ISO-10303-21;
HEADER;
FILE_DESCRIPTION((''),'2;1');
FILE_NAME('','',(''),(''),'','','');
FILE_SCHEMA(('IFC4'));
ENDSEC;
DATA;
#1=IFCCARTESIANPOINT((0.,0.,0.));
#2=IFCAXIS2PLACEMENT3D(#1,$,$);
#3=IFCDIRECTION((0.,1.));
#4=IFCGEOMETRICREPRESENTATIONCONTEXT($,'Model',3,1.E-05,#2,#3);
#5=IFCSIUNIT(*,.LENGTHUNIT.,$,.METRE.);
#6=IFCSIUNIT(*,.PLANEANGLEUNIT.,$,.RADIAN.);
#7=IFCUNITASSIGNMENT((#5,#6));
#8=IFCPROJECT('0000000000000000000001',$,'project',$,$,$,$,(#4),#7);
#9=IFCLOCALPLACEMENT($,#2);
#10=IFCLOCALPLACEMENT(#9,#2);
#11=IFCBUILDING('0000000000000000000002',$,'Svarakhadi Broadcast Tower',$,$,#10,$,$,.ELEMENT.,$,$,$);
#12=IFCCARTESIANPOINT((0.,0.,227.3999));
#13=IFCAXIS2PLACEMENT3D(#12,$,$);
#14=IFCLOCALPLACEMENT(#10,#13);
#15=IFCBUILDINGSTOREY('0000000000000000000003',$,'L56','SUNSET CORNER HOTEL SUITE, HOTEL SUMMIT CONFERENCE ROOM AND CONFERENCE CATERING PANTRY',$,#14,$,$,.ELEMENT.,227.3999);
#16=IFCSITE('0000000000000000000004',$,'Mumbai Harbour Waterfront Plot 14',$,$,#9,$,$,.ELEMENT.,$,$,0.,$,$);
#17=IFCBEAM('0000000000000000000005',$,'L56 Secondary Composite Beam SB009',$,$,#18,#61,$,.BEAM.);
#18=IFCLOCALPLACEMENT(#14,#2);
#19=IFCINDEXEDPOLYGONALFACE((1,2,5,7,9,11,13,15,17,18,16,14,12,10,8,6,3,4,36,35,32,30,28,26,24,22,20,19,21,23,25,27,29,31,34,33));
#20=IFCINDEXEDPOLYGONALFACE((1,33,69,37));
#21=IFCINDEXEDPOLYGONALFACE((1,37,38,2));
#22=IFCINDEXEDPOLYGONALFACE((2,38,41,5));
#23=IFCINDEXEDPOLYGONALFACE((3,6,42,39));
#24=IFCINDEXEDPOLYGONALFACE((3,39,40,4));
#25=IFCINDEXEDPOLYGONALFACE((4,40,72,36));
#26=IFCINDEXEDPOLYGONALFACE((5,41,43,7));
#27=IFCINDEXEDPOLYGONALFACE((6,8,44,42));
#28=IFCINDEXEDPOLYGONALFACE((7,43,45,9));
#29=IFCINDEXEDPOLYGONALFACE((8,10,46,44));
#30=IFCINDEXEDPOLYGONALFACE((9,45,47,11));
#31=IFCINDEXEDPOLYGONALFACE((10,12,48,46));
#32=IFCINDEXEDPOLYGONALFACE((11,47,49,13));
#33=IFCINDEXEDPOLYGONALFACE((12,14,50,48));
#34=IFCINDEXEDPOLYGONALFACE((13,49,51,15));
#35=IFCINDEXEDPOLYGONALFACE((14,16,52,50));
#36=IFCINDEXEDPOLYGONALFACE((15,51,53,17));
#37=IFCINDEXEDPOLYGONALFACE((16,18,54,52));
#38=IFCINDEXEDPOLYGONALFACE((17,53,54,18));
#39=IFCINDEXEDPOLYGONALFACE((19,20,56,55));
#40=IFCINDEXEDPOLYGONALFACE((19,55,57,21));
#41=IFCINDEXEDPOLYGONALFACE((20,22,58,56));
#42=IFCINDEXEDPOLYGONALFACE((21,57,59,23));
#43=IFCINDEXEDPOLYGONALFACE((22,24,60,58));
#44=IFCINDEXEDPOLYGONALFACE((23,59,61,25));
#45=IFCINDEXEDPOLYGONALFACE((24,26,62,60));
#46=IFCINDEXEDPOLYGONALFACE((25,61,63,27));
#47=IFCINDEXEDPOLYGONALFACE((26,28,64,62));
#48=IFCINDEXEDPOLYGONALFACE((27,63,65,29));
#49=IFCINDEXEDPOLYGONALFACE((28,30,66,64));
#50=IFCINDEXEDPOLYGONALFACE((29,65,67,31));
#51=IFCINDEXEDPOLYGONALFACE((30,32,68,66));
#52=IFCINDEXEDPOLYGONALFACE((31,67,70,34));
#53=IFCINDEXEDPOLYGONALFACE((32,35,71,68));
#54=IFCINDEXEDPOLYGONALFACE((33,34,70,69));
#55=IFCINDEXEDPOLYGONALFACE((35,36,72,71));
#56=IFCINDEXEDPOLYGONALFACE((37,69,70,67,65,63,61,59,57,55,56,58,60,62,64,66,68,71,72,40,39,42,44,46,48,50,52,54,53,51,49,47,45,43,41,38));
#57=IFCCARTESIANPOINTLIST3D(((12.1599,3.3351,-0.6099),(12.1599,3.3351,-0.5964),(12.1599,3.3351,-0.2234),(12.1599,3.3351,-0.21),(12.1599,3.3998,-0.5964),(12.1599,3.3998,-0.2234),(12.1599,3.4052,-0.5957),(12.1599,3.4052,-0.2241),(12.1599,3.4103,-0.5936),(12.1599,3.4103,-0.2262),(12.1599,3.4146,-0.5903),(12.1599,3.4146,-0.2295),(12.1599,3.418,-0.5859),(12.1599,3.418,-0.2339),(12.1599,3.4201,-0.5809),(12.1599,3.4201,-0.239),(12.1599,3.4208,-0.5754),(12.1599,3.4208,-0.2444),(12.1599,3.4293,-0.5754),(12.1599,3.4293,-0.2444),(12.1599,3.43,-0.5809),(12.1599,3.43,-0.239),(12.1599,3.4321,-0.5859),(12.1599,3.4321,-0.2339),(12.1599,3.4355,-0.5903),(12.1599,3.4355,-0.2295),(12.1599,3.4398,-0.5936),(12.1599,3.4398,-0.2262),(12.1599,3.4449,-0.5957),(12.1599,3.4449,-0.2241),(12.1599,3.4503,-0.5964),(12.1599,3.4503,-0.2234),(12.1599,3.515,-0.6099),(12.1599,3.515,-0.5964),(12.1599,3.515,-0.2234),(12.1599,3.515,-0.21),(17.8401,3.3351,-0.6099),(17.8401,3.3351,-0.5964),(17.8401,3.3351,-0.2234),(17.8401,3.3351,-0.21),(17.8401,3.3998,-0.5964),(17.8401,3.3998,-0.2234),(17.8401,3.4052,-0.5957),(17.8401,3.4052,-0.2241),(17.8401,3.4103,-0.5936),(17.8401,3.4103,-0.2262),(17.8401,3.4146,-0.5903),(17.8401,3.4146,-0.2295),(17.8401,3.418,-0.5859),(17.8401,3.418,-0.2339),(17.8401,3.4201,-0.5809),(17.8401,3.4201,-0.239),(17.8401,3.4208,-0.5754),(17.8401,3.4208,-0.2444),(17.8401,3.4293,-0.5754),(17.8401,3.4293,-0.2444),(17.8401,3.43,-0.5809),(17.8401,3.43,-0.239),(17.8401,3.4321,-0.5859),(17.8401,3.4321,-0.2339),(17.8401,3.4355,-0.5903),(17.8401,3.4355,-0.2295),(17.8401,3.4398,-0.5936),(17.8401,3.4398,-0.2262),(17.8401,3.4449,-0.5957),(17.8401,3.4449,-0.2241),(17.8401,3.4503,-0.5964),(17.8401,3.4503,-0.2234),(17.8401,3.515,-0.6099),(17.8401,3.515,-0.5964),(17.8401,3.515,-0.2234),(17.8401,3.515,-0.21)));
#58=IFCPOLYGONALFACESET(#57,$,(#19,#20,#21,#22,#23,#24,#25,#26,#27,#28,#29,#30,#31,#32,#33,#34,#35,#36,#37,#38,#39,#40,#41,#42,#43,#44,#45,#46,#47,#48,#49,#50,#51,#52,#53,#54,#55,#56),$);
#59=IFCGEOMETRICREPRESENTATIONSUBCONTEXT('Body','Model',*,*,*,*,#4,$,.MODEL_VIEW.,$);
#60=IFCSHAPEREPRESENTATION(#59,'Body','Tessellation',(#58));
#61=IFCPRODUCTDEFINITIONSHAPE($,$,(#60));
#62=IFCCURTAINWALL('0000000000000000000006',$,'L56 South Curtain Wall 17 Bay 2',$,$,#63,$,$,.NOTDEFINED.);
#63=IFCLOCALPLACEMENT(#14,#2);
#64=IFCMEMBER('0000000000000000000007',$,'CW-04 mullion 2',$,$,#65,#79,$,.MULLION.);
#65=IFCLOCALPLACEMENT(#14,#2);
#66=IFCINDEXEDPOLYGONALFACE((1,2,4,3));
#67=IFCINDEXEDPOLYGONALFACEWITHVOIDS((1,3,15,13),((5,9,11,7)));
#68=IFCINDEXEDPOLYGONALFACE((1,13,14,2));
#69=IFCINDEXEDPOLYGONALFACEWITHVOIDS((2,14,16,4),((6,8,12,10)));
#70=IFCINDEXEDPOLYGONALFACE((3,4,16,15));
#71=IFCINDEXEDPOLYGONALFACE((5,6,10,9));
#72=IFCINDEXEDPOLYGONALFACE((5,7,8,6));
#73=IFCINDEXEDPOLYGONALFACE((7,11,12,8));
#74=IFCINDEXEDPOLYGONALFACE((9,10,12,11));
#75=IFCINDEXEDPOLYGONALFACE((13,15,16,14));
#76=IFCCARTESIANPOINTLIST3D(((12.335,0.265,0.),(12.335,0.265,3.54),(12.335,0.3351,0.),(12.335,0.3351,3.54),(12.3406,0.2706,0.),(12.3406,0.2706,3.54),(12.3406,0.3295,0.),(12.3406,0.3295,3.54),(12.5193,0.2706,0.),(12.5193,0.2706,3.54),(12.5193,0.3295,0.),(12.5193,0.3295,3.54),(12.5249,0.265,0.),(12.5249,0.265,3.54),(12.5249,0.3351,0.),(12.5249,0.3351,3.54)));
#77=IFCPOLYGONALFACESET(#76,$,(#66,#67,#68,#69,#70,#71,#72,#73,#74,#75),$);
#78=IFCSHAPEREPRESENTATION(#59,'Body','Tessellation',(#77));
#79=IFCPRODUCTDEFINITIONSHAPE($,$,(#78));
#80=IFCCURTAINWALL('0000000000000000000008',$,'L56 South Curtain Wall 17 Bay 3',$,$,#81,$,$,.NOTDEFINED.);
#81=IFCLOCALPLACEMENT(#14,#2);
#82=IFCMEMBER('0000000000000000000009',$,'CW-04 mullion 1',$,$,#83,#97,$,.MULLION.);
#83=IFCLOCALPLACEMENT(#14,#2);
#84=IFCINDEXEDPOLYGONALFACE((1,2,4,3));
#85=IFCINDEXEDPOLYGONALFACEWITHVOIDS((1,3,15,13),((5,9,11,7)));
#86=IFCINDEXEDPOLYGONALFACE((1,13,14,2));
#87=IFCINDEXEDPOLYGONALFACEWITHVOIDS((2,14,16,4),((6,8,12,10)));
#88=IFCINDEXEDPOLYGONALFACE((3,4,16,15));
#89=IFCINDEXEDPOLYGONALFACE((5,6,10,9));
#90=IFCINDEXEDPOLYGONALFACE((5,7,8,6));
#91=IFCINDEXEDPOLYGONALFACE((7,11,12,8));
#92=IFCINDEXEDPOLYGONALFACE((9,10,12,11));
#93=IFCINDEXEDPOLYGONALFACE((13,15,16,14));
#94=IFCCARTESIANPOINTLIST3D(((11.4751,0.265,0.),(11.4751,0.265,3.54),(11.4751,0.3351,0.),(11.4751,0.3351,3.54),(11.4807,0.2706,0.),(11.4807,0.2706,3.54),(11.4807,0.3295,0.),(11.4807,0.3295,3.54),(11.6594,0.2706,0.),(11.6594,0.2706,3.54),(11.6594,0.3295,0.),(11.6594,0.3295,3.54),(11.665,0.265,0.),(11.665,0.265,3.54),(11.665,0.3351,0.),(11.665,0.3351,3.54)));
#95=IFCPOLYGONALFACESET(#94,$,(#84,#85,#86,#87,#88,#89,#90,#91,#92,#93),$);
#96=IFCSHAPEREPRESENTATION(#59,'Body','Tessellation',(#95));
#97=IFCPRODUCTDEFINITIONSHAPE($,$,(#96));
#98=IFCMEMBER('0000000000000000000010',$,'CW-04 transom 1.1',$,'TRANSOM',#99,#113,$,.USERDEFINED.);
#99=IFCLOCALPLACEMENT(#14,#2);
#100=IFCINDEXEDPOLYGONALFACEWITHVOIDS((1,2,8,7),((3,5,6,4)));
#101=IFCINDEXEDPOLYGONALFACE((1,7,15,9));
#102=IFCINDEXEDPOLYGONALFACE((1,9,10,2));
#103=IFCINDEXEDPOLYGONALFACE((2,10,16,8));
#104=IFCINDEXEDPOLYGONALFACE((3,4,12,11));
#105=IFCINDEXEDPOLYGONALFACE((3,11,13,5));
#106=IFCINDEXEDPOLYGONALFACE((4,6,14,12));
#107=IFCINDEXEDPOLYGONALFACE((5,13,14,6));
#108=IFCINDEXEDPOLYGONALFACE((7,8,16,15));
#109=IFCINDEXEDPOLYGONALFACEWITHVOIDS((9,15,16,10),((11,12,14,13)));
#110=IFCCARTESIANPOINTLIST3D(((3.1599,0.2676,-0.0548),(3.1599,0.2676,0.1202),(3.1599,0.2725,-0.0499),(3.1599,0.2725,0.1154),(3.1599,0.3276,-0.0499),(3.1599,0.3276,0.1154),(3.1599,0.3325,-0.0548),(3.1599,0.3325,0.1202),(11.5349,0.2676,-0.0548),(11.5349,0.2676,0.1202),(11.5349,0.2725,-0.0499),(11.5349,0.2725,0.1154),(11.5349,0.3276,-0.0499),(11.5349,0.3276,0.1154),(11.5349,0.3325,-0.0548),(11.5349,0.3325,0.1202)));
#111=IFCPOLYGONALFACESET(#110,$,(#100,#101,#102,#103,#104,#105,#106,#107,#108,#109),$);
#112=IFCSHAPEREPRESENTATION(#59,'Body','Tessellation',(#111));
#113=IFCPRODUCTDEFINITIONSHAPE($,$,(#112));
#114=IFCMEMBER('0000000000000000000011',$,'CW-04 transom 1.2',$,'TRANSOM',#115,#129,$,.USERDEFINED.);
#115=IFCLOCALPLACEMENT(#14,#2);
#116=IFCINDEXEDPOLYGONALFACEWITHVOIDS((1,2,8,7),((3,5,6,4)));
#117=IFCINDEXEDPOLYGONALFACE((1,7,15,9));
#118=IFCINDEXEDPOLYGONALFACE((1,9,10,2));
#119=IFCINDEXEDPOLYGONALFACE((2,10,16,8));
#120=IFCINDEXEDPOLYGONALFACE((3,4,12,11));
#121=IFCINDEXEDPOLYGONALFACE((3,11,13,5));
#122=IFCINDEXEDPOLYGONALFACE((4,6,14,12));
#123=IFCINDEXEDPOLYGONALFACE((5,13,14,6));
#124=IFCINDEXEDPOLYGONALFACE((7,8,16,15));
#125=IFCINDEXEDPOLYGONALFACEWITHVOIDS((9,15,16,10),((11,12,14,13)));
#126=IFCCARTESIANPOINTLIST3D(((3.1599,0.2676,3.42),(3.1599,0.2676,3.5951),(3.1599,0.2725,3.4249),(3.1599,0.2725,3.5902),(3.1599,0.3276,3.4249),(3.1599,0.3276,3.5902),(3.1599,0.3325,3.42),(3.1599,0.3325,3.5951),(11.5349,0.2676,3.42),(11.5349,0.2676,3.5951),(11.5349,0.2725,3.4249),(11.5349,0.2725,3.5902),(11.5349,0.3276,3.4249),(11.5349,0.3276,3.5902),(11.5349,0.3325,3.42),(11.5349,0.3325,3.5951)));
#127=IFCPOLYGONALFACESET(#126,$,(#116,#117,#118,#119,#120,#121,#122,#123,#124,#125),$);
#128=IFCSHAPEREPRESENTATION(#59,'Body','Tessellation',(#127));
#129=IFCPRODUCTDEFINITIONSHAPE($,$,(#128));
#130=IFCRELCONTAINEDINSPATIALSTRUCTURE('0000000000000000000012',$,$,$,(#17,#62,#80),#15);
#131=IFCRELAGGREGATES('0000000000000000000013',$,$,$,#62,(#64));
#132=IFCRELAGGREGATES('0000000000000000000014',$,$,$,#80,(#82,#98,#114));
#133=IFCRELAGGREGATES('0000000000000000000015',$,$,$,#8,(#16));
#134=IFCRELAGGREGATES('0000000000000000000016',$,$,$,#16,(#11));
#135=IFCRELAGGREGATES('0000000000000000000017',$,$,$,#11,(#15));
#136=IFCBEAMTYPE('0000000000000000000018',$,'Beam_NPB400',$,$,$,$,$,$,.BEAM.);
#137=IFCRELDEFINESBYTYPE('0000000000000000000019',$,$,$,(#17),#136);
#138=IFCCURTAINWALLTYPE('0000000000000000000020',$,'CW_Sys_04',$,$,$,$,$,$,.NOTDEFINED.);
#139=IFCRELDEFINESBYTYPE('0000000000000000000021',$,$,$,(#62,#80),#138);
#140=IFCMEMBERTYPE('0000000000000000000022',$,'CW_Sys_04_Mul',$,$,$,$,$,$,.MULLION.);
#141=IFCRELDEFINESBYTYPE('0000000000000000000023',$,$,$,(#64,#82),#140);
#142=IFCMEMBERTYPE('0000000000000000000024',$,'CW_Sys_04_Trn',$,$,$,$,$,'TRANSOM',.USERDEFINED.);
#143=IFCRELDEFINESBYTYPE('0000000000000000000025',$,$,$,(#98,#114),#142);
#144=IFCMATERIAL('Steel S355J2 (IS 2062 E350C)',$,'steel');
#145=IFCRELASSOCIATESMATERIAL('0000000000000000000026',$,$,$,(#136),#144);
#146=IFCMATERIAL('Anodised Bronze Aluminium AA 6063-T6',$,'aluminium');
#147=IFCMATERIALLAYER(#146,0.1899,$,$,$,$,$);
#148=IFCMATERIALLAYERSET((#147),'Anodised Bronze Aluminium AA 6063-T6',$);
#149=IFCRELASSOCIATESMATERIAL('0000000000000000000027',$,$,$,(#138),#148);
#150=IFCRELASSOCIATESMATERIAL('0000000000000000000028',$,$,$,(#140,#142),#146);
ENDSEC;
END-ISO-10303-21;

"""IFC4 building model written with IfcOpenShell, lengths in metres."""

from ifc_helpers import new_model, si_unit, direction, frame, origin, origin_2d, place, context, subcontext, project, spatial, hollow_rectangle, i_section, extrude, material, layer, layer_set, material_profile, profile_set, type_object, element, aggregate, save


model = new_model("IFC4")

# Units and contexts
model_context = context("Model", 3, precision=1e-05, world=origin(), true_north=direction((0.0, 1.0)))
body_context = subcontext(model_context, "Body", "Model", "MODEL_VIEW")
ifc_project = project(units=[si_unit("LENGTHUNIT", "METRE"), si_unit("PLANEANGLEUNIT", "RADIAN")], contexts=[model_context])

# Site, building, storey
site_placement = place(None, origin())
site = spatial("IfcSite", under=ifc_project, at=site_placement, Name="Mumbai Harbour Waterfront Plot 14", CompositionType="ELEMENT", RefElevation=0.0)
building_placement = place(site_placement, origin())
building = spatial("IfcBuilding", under=site, at=building_placement, Name="Svarakhadi Broadcast Tower", CompositionType="ELEMENT")
storey_placement = place(building_placement, frame((0.0, 0.0, 227.3999)))
storey = spatial("IfcBuildingStorey", under=building, at=storey_placement, Name="L56", Description="SUNSET CORNER HOTEL SUITE, HOTEL SUMMIT CONFERENCE ROOM AND CONFERENCE CATERING PANTRY", CompositionType="ELEMENT", Elevation=227.3999)

# Beam
ifc_material_1 = material(Name="Steel S355J2 (IS 2062 E350C)", Category="steel")
ifc_material_profile_1 = material_profile(ifc_material_1, i_section(OverallWidth=0.1799, OverallDepth=0.3999, WebThickness=0.0085, FlangeThickness=0.0134, FilletRadius=0.021, at=origin_2d()), Name="NPB 400x180x66")
ifc_profile_set_1 = profile_set([ifc_material_profile_1], Name="Steel S355J2 (IS 2062 E350C)")
beam_type_1 = type_object("IfcBeamType", Name="Beam_NPB400", PredefinedType="BEAM", material=ifc_profile_set_1)
for number, where, z_axis, x_axis, name in (
    (1, (12.1599, 3.425, -0.4099), (1.0, 0.0, 0.0), (0.0, 1.0, 0.0), "L56 Secondary Composite Beam SB009"),
):
    element("IfcBeam", number, at=place(storey_placement, frame(where, z_axis=z_axis, x_axis=x_axis)), inside=storey, type_object=beam_type_1, Name=name, PredefinedType="BEAM", context=body_context, shape_type="SweptSolid", body=[
        extrude(i_section(OverallWidth=0.1799, OverallDepth=0.3999, WebThickness=0.0085, FlangeThickness=0.0134, FilletRadius=0.021, at=origin_2d()), origin(), (0.0, 0.0, 1.0), 5.6802),
    ])

# Curtain wall, member
ifc_material_2 = material(Name="Anodised Bronze Aluminium AA 6063-T6", Category="aluminium")
ifc_layer_1 = layer(ifc_material_2, 0.1899)
ifc_layer_set_1 = layer_set([ifc_layer_1], Name="Anodised Bronze Aluminium AA 6063-T6")
curtain_wall_type = type_object("IfcCurtainWallType", Name="CW_Sys_04", PredefinedType="NOTDEFINED", material=ifc_layer_set_1)
curtain_wall_1_placement = place(storey_placement, origin())
curtain_wall_1 = element("IfcCurtainWall", 2, at=curtain_wall_1_placement, inside=storey, type_object=curtain_wall_type, Name="L56 South Curtain Wall 17 Bay 2", PredefinedType="NOTDEFINED")
ifc_material_profile_2 = material_profile(ifc_material_2, hollow_rectangle(XDim=0.0701, YDim=0.1899, WallThickness=0.0056, at=origin_2d()), Name="ALU MULLION 190x70x6")
ifc_profile_set_2 = profile_set([ifc_material_profile_2], Name="Anodised Bronze Aluminium AA 6063-T6")
member_type_1 = type_object("IfcMemberType", Name="CW_Sys_04_Mul", PredefinedType="MULLION", material=ifc_profile_set_2)
member_1_placement = place(storey_placement, frame((12.4299, 0.3, 0.0), z_axis=(0.0, 0.0, 1.0), x_axis=(0.0, -1.0, 0.0)))
member_1 = element("IfcMember", 3, at=member_1_placement, type_object=member_type_1, Name="CW-04 mullion 2", PredefinedType="MULLION", context=body_context, shape_type="SweptSolid", body=[
    extrude(hollow_rectangle(XDim=0.0701, YDim=0.1899, WallThickness=0.0056, at=origin_2d()), origin(), (0.0, 0.0, 1.0), 3.54),
])
aggregate(curtain_wall_1, [member_1])

# Curtain wall, members
curtain_wall_2_placement = place(storey_placement, origin())
curtain_wall_2 = element("IfcCurtainWall", 4, at=curtain_wall_2_placement, inside=storey, type_object=curtain_wall_type, Name="L56 South Curtain Wall 17 Bay 3", PredefinedType="NOTDEFINED")
member_2_placement = place(storey_placement, frame((11.5701, 0.3, 0.0), z_axis=(0.0, 0.0, 1.0), x_axis=(0.0, -1.0, 0.0)))
member_2 = element("IfcMember", 5, at=member_2_placement, type_object=member_type_1, Name="CW-04 mullion 1", PredefinedType="MULLION", context=body_context, shape_type="SweptSolid", body=[
    extrude(hollow_rectangle(XDim=0.0701, YDim=0.1899, WallThickness=0.0056, at=origin_2d()), origin(), (0.0, 0.0, 1.0), 3.54),
])
ifc_material_profile_3 = material_profile(ifc_material_2, hollow_rectangle(XDim=0.0649, YDim=0.175, WallThickness=0.0049, at=origin_2d()), Name="ALU TRANSOM 175x65x5")
ifc_profile_set_3 = profile_set([ifc_material_profile_3], Name="Anodised Bronze Aluminium AA 6063-T6")
member_type_2 = type_object("IfcMemberType", Name="CW_Sys_04_Trn", ElementType="TRANSOM", PredefinedType="USERDEFINED", material=ifc_profile_set_3)
member_3_placement = place(storey_placement, frame((11.5349, 0.3, 0.0327), z_axis=(-1.0, 0.0, 0.0), x_axis=(0.0, -1.0, 0.0)))
member_3 = element("IfcMember", 6, at=member_3_placement, type_object=member_type_2, Name="CW-04 transom 1.1", ObjectType="TRANSOM", PredefinedType="USERDEFINED", context=body_context, shape_type="SweptSolid", body=[
    extrude(hollow_rectangle(XDim=0.0649, YDim=0.175, WallThickness=0.0049, at=origin_2d()), origin(), (0.0, 0.0, 1.0), 8.375),
])
member_4_placement = place(storey_placement, frame((11.5349, 0.3, 3.5076), z_axis=(-1.0, 0.0, 0.0), x_axis=(0.0, -1.0, 0.0)))
member_4 = element("IfcMember", 7, at=member_4_placement, type_object=member_type_2, Name="CW-04 transom 1.2", ObjectType="TRANSOM", PredefinedType="USERDEFINED", context=body_context, shape_type="SweptSolid", body=[
    extrude(hollow_rectangle(XDim=0.0649, YDim=0.175, WallThickness=0.0049, at=origin_2d()), origin(), (0.0, 0.0, 1.0), 8.375),
])

aggregate(curtain_wall_2, [member_2, member_3, member_4])

save(model, "model.ifc")
